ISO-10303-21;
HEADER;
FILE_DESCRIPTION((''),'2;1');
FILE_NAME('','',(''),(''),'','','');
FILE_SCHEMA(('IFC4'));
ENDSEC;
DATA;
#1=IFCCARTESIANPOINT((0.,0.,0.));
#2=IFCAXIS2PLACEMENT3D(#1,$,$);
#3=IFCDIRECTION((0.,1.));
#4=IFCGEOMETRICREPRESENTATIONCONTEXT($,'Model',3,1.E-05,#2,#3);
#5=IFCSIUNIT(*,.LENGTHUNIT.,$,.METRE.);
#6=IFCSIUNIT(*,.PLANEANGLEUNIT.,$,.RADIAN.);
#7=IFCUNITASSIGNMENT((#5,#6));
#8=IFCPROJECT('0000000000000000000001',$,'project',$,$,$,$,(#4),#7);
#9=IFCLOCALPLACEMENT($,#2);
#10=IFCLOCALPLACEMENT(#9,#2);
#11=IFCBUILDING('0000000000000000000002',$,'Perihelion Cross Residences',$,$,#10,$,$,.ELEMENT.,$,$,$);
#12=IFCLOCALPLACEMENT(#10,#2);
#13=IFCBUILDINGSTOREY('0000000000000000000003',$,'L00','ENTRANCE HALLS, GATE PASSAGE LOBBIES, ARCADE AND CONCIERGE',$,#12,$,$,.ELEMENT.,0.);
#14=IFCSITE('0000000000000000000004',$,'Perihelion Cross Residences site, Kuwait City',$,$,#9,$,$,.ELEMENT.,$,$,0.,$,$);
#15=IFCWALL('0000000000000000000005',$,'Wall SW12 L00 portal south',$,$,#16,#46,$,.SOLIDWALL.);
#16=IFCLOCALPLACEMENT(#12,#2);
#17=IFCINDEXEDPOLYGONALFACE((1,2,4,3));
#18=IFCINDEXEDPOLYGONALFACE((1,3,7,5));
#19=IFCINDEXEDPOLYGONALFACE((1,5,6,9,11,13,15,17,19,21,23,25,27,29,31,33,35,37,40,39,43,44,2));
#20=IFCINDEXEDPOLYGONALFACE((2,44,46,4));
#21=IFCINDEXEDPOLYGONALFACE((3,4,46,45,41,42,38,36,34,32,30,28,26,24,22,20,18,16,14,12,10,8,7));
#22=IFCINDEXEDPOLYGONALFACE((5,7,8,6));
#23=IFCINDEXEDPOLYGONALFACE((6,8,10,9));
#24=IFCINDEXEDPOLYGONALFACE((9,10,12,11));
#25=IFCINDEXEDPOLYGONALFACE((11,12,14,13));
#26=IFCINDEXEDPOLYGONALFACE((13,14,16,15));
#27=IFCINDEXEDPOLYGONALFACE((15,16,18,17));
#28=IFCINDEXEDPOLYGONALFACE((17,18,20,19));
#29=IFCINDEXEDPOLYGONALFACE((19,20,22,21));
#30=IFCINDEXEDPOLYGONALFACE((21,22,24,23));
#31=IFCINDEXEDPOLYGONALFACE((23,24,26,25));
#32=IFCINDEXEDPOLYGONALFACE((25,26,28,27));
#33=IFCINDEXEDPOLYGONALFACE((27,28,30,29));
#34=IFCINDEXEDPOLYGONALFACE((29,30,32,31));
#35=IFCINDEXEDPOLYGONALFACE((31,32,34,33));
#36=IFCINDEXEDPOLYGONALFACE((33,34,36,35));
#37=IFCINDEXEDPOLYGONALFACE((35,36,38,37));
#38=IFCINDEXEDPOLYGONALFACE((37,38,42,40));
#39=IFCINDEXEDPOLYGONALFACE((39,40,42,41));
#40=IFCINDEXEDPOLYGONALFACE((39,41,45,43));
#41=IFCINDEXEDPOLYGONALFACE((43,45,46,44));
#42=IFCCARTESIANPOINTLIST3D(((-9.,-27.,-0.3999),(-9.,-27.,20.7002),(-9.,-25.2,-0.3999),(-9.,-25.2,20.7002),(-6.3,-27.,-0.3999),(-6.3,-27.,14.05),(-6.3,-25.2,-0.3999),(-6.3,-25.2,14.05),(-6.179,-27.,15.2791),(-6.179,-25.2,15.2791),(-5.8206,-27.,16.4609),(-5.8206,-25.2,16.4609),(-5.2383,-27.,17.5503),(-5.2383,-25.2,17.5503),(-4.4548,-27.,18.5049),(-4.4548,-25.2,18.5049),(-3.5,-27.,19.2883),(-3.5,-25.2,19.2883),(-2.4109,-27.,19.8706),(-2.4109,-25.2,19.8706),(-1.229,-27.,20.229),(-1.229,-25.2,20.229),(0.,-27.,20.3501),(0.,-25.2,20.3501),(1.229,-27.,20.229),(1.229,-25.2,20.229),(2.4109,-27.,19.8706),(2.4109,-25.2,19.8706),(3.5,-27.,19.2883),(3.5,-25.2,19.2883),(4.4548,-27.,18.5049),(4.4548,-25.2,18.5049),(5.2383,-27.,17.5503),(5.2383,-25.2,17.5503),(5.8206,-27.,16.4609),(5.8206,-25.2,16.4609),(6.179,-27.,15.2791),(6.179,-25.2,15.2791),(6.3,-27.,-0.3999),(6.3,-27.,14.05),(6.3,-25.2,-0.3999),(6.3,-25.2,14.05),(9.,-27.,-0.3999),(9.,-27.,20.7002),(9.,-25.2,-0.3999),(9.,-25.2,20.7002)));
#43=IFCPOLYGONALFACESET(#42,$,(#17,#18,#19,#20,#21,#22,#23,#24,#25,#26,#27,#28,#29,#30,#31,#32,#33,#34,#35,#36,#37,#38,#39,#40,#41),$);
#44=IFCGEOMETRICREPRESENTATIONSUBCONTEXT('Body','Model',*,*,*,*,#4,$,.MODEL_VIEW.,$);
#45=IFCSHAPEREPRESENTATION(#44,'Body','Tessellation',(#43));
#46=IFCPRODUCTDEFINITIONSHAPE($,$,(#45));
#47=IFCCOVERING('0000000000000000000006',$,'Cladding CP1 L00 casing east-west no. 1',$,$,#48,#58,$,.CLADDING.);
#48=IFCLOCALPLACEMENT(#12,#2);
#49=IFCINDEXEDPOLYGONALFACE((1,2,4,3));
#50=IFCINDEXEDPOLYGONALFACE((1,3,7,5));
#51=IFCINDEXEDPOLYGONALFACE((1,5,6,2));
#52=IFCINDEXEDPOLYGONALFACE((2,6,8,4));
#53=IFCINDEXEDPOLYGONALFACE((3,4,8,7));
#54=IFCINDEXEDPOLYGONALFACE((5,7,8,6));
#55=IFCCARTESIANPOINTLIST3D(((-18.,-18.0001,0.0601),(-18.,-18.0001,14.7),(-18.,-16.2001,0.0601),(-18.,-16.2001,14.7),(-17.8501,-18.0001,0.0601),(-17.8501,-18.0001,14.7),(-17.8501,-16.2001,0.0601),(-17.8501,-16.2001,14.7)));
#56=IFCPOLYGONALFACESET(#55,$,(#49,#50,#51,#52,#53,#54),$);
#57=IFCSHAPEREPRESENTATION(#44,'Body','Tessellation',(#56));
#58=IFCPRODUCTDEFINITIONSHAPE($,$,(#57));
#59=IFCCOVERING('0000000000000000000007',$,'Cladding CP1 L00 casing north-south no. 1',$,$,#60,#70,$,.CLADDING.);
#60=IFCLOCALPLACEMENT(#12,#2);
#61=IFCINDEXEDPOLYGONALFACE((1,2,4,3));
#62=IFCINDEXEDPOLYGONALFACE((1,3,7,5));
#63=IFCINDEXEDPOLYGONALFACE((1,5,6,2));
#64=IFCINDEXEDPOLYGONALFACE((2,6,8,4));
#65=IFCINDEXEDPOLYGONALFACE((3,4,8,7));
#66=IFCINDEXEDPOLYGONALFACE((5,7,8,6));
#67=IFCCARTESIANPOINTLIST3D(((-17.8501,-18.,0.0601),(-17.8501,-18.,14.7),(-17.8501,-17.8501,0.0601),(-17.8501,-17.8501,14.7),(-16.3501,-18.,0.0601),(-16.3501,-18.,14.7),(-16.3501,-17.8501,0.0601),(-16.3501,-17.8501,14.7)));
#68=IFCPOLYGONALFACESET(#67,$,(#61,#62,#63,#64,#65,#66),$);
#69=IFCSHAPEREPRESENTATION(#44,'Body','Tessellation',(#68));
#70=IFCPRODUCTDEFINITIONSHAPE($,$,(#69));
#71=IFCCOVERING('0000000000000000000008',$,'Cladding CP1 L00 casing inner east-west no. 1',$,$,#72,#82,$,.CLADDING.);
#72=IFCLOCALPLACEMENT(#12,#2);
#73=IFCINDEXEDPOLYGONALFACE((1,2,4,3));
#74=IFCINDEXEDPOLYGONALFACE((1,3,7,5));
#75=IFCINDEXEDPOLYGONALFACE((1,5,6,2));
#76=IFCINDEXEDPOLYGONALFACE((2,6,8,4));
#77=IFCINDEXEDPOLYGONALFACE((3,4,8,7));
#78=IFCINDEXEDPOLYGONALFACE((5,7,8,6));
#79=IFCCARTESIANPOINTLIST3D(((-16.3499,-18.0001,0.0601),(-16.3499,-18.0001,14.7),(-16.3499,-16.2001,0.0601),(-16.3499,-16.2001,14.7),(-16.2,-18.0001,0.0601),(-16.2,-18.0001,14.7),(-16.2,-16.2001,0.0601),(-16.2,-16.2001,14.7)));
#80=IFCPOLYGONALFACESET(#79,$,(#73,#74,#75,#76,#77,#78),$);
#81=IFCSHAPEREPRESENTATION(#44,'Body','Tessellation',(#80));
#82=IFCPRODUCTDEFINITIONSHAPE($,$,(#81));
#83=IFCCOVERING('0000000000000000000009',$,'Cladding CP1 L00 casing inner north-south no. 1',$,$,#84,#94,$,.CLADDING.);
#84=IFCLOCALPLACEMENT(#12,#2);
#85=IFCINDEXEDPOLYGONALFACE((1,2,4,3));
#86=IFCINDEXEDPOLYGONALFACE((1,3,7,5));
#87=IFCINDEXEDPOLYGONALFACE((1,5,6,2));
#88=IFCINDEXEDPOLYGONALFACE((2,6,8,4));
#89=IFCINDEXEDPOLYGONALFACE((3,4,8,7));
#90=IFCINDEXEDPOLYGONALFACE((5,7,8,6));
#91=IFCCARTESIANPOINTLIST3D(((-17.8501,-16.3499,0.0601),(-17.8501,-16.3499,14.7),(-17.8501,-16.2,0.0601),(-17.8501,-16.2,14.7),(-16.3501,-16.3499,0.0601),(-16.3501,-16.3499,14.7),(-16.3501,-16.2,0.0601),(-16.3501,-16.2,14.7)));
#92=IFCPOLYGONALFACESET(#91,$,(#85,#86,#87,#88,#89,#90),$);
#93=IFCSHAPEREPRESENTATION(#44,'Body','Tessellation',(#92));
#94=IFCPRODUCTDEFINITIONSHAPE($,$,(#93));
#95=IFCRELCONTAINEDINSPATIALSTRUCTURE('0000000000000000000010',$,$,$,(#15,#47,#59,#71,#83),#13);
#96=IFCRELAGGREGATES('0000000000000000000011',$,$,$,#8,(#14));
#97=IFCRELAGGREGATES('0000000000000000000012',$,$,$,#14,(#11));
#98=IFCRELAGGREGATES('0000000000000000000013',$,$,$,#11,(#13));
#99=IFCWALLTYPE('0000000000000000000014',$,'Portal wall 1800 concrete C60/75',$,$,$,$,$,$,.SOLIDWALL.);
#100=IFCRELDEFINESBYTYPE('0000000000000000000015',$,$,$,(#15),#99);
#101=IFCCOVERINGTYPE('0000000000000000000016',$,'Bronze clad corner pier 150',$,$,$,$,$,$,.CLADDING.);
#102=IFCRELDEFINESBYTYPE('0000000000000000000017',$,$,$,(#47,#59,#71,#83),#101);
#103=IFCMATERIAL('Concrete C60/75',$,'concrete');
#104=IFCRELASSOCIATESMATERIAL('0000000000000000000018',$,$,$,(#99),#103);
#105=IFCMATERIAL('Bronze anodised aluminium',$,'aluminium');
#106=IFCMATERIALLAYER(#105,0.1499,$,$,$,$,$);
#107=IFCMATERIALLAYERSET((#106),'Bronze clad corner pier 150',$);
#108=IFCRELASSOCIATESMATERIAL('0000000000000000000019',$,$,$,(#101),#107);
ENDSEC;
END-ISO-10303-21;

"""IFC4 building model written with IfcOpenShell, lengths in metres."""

from ifc_helpers import new_model, si_unit, direction, frame, origin, origin_2d, place, context, subcontext, project, spatial, polyline, rectangle, outline, extrude, material, layer, layer_set, material_profile, profile_set, type_object, element, save


model = new_model("IFC4")

# Units and contexts
model_context = context("Model", 3, precision=1e-05, world=origin(), true_north=direction((0.0, 1.0)))
body_context = subcontext(model_context, "Body", "Model", "MODEL_VIEW")
ifc_project = project(units=[si_unit("LENGTHUNIT", "METRE"), si_unit("PLANEANGLEUNIT", "RADIAN")], contexts=[model_context])

# Site, building, storey
site_placement = place(None, origin())
site = spatial("IfcSite", under=ifc_project, at=site_placement, Name="Perihelion Cross Residences site, Kuwait City", CompositionType="ELEMENT", RefElevation=0.0)
building_placement = place(site_placement, origin())
building = spatial("IfcBuilding", under=site, at=building_placement, Name="Perihelion Cross Residences", CompositionType="ELEMENT")
storey_placement = place(building_placement, origin())
storey = spatial("IfcBuildingStorey", under=building, at=storey_placement, Name="L00", Description="ENTRANCE HALLS, GATE PASSAGE LOBBIES, ARCADE AND CONCIERGE", CompositionType="ELEMENT", Elevation=0.0)

# Wall
ifc_material_1 = material(Name="Concrete C60/75", Category="concrete")
ifc_material_profile_1 = material_profile(ifc_material_1, outline(polyline([(9.0, 21.1001), (-9.0, 21.1001), (-9.0, 0.0), (-6.3, 0.0), (-6.3, 14.45), (-6.179, 15.679), (-5.8206, 16.8608), (-5.2383, 17.9502), (-4.4548, 18.9048), (-3.5, 19.6882), (-2.4109, 20.2705), (-1.229, 20.6289), (0.0, 20.75), (1.229, 20.6289), (2.4109, 20.2705), (3.5, 19.6882), (4.4548, 18.9048), (5.2383, 17.9502), (5.8206, 16.8608), (6.179, 15.679), (6.3, 14.45), (6.3, 0.0), (9.0, 0.0), (9.0, 21.1001)])), Name="Portal wall")
ifc_profile_set_1 = profile_set([ifc_material_profile_1], Name="Concrete C60/75")
wall_type_1 = type_object("IfcWallType", Name="Portal wall 1800 concrete C60/75", PredefinedType="SOLIDWALL", material=ifc_profile_set_1)
wall_1_placement = place(storey_placement, frame((0.0, -27.0, -0.3999), z_axis=(0.0, 1.0, 0.0), x_axis=(-1.0, 0.0, 0.0)))
element("IfcWall", 1, at=wall_1_placement, inside=storey, type_object=wall_type_1, Name="Wall SW12 L00 portal south", PredefinedType="SOLIDWALL", context=body_context, shape_type="SweptSolid", body=[
    extrude(outline(polyline([(9.0, 21.1001), (-9.0, 21.1001), (-9.0, 0.0), (-6.3, 0.0), (-6.3, 14.45), (-6.179, 15.679), (-5.8206, 16.8608), (-5.2383, 17.9502), (-4.4548, 18.9048), (-3.5, 19.6882), (-2.4109, 20.2705), (-1.229, 20.6289), (0.0, 20.75), (1.229, 20.6289), (2.4109, 20.2705), (3.5, 19.6882), (4.4548, 18.9048), (5.2383, 17.9502), (5.8206, 16.8608), (6.179, 15.679), (6.3, 14.45), (6.3, 0.0), (9.0, 0.0), (9.0, 21.1001)])), origin(), (0.0, 0.0, 1.0), 1.8),
])

# Coverings
ifc_material_2 = material(Name="Bronze anodised aluminium", Category="aluminium")
ifc_layer_1 = layer(ifc_material_2, 0.1499)
ifc_layer_set_1 = layer_set([ifc_layer_1], Name="Bronze clad corner pier 150")
covering_type = type_object("IfcCoveringType", Name="Bronze clad corner pier 150", PredefinedType="CLADDING", material=ifc_layer_set_1)
covering_1_placement = place(storey_placement, frame((-17.925, -17.1001, 0.0601), z_axis=(0.0, 0.0, 1.0), x_axis=(1.0, 0.0, 0.0)))
element("IfcCovering", 2, at=covering_1_placement, inside=storey, type_object=covering_type, Name="Cladding CP1 L00 casing east-west no. 1", PredefinedType="CLADDING", context=body_context, shape_type="SweptSolid", body=[
    extrude(rectangle(XDim=0.1499, YDim=1.8, at=origin_2d()), origin(), (0.0, 0.0, 1.0), 14.6399),
])
covering_2_placement = place(storey_placement, frame((-17.1001, -17.925, 0.0601), z_axis=(0.0, 0.0, 1.0), x_axis=(1.0, 0.0, 0.0)))
element("IfcCovering", 3, at=covering_2_placement, inside=storey, type_object=covering_type, Name="Cladding CP1 L00 casing north-south no. 1", PredefinedType="CLADDING", context=body_context, shape_type="SweptSolid", body=[
    extrude(rectangle(XDim=1.5, YDim=0.1499, at=origin_2d()), origin(), (0.0, 0.0, 1.0), 14.6399),
])
covering_3_placement = place(storey_placement, frame((-16.2749, -17.1001, 0.0601), z_axis=(0.0, 0.0, 1.0), x_axis=(1.0, 0.0, 0.0)))
element("IfcCovering", 4, at=covering_3_placement, inside=storey, type_object=covering_type, Name="Cladding CP1 L00 casing inner east-west no. 1", PredefinedType="CLADDING", context=body_context, shape_type="SweptSolid", body=[
    extrude(rectangle(XDim=0.1499, YDim=1.8, at=origin_2d()), origin(), (0.0, 0.0, 1.0), 14.6399),
])
covering_4_placement = place(storey_placement, frame((-17.1001, -16.2749, 0.0601), z_axis=(0.0, 0.0, 1.0), x_axis=(1.0, 0.0, 0.0)))
element("IfcCovering", 5, at=covering_4_placement, inside=storey, type_object=covering_type, Name="Cladding CP1 L00 casing inner north-south no. 1", PredefinedType="CLADDING", context=body_context, shape_type="SweptSolid", body=[
    extrude(rectangle(XDim=1.5, YDim=0.1499, at=origin_2d()), origin(), (0.0, 0.0, 1.0), 14.6399),
])

save(model, "model.ifc")
